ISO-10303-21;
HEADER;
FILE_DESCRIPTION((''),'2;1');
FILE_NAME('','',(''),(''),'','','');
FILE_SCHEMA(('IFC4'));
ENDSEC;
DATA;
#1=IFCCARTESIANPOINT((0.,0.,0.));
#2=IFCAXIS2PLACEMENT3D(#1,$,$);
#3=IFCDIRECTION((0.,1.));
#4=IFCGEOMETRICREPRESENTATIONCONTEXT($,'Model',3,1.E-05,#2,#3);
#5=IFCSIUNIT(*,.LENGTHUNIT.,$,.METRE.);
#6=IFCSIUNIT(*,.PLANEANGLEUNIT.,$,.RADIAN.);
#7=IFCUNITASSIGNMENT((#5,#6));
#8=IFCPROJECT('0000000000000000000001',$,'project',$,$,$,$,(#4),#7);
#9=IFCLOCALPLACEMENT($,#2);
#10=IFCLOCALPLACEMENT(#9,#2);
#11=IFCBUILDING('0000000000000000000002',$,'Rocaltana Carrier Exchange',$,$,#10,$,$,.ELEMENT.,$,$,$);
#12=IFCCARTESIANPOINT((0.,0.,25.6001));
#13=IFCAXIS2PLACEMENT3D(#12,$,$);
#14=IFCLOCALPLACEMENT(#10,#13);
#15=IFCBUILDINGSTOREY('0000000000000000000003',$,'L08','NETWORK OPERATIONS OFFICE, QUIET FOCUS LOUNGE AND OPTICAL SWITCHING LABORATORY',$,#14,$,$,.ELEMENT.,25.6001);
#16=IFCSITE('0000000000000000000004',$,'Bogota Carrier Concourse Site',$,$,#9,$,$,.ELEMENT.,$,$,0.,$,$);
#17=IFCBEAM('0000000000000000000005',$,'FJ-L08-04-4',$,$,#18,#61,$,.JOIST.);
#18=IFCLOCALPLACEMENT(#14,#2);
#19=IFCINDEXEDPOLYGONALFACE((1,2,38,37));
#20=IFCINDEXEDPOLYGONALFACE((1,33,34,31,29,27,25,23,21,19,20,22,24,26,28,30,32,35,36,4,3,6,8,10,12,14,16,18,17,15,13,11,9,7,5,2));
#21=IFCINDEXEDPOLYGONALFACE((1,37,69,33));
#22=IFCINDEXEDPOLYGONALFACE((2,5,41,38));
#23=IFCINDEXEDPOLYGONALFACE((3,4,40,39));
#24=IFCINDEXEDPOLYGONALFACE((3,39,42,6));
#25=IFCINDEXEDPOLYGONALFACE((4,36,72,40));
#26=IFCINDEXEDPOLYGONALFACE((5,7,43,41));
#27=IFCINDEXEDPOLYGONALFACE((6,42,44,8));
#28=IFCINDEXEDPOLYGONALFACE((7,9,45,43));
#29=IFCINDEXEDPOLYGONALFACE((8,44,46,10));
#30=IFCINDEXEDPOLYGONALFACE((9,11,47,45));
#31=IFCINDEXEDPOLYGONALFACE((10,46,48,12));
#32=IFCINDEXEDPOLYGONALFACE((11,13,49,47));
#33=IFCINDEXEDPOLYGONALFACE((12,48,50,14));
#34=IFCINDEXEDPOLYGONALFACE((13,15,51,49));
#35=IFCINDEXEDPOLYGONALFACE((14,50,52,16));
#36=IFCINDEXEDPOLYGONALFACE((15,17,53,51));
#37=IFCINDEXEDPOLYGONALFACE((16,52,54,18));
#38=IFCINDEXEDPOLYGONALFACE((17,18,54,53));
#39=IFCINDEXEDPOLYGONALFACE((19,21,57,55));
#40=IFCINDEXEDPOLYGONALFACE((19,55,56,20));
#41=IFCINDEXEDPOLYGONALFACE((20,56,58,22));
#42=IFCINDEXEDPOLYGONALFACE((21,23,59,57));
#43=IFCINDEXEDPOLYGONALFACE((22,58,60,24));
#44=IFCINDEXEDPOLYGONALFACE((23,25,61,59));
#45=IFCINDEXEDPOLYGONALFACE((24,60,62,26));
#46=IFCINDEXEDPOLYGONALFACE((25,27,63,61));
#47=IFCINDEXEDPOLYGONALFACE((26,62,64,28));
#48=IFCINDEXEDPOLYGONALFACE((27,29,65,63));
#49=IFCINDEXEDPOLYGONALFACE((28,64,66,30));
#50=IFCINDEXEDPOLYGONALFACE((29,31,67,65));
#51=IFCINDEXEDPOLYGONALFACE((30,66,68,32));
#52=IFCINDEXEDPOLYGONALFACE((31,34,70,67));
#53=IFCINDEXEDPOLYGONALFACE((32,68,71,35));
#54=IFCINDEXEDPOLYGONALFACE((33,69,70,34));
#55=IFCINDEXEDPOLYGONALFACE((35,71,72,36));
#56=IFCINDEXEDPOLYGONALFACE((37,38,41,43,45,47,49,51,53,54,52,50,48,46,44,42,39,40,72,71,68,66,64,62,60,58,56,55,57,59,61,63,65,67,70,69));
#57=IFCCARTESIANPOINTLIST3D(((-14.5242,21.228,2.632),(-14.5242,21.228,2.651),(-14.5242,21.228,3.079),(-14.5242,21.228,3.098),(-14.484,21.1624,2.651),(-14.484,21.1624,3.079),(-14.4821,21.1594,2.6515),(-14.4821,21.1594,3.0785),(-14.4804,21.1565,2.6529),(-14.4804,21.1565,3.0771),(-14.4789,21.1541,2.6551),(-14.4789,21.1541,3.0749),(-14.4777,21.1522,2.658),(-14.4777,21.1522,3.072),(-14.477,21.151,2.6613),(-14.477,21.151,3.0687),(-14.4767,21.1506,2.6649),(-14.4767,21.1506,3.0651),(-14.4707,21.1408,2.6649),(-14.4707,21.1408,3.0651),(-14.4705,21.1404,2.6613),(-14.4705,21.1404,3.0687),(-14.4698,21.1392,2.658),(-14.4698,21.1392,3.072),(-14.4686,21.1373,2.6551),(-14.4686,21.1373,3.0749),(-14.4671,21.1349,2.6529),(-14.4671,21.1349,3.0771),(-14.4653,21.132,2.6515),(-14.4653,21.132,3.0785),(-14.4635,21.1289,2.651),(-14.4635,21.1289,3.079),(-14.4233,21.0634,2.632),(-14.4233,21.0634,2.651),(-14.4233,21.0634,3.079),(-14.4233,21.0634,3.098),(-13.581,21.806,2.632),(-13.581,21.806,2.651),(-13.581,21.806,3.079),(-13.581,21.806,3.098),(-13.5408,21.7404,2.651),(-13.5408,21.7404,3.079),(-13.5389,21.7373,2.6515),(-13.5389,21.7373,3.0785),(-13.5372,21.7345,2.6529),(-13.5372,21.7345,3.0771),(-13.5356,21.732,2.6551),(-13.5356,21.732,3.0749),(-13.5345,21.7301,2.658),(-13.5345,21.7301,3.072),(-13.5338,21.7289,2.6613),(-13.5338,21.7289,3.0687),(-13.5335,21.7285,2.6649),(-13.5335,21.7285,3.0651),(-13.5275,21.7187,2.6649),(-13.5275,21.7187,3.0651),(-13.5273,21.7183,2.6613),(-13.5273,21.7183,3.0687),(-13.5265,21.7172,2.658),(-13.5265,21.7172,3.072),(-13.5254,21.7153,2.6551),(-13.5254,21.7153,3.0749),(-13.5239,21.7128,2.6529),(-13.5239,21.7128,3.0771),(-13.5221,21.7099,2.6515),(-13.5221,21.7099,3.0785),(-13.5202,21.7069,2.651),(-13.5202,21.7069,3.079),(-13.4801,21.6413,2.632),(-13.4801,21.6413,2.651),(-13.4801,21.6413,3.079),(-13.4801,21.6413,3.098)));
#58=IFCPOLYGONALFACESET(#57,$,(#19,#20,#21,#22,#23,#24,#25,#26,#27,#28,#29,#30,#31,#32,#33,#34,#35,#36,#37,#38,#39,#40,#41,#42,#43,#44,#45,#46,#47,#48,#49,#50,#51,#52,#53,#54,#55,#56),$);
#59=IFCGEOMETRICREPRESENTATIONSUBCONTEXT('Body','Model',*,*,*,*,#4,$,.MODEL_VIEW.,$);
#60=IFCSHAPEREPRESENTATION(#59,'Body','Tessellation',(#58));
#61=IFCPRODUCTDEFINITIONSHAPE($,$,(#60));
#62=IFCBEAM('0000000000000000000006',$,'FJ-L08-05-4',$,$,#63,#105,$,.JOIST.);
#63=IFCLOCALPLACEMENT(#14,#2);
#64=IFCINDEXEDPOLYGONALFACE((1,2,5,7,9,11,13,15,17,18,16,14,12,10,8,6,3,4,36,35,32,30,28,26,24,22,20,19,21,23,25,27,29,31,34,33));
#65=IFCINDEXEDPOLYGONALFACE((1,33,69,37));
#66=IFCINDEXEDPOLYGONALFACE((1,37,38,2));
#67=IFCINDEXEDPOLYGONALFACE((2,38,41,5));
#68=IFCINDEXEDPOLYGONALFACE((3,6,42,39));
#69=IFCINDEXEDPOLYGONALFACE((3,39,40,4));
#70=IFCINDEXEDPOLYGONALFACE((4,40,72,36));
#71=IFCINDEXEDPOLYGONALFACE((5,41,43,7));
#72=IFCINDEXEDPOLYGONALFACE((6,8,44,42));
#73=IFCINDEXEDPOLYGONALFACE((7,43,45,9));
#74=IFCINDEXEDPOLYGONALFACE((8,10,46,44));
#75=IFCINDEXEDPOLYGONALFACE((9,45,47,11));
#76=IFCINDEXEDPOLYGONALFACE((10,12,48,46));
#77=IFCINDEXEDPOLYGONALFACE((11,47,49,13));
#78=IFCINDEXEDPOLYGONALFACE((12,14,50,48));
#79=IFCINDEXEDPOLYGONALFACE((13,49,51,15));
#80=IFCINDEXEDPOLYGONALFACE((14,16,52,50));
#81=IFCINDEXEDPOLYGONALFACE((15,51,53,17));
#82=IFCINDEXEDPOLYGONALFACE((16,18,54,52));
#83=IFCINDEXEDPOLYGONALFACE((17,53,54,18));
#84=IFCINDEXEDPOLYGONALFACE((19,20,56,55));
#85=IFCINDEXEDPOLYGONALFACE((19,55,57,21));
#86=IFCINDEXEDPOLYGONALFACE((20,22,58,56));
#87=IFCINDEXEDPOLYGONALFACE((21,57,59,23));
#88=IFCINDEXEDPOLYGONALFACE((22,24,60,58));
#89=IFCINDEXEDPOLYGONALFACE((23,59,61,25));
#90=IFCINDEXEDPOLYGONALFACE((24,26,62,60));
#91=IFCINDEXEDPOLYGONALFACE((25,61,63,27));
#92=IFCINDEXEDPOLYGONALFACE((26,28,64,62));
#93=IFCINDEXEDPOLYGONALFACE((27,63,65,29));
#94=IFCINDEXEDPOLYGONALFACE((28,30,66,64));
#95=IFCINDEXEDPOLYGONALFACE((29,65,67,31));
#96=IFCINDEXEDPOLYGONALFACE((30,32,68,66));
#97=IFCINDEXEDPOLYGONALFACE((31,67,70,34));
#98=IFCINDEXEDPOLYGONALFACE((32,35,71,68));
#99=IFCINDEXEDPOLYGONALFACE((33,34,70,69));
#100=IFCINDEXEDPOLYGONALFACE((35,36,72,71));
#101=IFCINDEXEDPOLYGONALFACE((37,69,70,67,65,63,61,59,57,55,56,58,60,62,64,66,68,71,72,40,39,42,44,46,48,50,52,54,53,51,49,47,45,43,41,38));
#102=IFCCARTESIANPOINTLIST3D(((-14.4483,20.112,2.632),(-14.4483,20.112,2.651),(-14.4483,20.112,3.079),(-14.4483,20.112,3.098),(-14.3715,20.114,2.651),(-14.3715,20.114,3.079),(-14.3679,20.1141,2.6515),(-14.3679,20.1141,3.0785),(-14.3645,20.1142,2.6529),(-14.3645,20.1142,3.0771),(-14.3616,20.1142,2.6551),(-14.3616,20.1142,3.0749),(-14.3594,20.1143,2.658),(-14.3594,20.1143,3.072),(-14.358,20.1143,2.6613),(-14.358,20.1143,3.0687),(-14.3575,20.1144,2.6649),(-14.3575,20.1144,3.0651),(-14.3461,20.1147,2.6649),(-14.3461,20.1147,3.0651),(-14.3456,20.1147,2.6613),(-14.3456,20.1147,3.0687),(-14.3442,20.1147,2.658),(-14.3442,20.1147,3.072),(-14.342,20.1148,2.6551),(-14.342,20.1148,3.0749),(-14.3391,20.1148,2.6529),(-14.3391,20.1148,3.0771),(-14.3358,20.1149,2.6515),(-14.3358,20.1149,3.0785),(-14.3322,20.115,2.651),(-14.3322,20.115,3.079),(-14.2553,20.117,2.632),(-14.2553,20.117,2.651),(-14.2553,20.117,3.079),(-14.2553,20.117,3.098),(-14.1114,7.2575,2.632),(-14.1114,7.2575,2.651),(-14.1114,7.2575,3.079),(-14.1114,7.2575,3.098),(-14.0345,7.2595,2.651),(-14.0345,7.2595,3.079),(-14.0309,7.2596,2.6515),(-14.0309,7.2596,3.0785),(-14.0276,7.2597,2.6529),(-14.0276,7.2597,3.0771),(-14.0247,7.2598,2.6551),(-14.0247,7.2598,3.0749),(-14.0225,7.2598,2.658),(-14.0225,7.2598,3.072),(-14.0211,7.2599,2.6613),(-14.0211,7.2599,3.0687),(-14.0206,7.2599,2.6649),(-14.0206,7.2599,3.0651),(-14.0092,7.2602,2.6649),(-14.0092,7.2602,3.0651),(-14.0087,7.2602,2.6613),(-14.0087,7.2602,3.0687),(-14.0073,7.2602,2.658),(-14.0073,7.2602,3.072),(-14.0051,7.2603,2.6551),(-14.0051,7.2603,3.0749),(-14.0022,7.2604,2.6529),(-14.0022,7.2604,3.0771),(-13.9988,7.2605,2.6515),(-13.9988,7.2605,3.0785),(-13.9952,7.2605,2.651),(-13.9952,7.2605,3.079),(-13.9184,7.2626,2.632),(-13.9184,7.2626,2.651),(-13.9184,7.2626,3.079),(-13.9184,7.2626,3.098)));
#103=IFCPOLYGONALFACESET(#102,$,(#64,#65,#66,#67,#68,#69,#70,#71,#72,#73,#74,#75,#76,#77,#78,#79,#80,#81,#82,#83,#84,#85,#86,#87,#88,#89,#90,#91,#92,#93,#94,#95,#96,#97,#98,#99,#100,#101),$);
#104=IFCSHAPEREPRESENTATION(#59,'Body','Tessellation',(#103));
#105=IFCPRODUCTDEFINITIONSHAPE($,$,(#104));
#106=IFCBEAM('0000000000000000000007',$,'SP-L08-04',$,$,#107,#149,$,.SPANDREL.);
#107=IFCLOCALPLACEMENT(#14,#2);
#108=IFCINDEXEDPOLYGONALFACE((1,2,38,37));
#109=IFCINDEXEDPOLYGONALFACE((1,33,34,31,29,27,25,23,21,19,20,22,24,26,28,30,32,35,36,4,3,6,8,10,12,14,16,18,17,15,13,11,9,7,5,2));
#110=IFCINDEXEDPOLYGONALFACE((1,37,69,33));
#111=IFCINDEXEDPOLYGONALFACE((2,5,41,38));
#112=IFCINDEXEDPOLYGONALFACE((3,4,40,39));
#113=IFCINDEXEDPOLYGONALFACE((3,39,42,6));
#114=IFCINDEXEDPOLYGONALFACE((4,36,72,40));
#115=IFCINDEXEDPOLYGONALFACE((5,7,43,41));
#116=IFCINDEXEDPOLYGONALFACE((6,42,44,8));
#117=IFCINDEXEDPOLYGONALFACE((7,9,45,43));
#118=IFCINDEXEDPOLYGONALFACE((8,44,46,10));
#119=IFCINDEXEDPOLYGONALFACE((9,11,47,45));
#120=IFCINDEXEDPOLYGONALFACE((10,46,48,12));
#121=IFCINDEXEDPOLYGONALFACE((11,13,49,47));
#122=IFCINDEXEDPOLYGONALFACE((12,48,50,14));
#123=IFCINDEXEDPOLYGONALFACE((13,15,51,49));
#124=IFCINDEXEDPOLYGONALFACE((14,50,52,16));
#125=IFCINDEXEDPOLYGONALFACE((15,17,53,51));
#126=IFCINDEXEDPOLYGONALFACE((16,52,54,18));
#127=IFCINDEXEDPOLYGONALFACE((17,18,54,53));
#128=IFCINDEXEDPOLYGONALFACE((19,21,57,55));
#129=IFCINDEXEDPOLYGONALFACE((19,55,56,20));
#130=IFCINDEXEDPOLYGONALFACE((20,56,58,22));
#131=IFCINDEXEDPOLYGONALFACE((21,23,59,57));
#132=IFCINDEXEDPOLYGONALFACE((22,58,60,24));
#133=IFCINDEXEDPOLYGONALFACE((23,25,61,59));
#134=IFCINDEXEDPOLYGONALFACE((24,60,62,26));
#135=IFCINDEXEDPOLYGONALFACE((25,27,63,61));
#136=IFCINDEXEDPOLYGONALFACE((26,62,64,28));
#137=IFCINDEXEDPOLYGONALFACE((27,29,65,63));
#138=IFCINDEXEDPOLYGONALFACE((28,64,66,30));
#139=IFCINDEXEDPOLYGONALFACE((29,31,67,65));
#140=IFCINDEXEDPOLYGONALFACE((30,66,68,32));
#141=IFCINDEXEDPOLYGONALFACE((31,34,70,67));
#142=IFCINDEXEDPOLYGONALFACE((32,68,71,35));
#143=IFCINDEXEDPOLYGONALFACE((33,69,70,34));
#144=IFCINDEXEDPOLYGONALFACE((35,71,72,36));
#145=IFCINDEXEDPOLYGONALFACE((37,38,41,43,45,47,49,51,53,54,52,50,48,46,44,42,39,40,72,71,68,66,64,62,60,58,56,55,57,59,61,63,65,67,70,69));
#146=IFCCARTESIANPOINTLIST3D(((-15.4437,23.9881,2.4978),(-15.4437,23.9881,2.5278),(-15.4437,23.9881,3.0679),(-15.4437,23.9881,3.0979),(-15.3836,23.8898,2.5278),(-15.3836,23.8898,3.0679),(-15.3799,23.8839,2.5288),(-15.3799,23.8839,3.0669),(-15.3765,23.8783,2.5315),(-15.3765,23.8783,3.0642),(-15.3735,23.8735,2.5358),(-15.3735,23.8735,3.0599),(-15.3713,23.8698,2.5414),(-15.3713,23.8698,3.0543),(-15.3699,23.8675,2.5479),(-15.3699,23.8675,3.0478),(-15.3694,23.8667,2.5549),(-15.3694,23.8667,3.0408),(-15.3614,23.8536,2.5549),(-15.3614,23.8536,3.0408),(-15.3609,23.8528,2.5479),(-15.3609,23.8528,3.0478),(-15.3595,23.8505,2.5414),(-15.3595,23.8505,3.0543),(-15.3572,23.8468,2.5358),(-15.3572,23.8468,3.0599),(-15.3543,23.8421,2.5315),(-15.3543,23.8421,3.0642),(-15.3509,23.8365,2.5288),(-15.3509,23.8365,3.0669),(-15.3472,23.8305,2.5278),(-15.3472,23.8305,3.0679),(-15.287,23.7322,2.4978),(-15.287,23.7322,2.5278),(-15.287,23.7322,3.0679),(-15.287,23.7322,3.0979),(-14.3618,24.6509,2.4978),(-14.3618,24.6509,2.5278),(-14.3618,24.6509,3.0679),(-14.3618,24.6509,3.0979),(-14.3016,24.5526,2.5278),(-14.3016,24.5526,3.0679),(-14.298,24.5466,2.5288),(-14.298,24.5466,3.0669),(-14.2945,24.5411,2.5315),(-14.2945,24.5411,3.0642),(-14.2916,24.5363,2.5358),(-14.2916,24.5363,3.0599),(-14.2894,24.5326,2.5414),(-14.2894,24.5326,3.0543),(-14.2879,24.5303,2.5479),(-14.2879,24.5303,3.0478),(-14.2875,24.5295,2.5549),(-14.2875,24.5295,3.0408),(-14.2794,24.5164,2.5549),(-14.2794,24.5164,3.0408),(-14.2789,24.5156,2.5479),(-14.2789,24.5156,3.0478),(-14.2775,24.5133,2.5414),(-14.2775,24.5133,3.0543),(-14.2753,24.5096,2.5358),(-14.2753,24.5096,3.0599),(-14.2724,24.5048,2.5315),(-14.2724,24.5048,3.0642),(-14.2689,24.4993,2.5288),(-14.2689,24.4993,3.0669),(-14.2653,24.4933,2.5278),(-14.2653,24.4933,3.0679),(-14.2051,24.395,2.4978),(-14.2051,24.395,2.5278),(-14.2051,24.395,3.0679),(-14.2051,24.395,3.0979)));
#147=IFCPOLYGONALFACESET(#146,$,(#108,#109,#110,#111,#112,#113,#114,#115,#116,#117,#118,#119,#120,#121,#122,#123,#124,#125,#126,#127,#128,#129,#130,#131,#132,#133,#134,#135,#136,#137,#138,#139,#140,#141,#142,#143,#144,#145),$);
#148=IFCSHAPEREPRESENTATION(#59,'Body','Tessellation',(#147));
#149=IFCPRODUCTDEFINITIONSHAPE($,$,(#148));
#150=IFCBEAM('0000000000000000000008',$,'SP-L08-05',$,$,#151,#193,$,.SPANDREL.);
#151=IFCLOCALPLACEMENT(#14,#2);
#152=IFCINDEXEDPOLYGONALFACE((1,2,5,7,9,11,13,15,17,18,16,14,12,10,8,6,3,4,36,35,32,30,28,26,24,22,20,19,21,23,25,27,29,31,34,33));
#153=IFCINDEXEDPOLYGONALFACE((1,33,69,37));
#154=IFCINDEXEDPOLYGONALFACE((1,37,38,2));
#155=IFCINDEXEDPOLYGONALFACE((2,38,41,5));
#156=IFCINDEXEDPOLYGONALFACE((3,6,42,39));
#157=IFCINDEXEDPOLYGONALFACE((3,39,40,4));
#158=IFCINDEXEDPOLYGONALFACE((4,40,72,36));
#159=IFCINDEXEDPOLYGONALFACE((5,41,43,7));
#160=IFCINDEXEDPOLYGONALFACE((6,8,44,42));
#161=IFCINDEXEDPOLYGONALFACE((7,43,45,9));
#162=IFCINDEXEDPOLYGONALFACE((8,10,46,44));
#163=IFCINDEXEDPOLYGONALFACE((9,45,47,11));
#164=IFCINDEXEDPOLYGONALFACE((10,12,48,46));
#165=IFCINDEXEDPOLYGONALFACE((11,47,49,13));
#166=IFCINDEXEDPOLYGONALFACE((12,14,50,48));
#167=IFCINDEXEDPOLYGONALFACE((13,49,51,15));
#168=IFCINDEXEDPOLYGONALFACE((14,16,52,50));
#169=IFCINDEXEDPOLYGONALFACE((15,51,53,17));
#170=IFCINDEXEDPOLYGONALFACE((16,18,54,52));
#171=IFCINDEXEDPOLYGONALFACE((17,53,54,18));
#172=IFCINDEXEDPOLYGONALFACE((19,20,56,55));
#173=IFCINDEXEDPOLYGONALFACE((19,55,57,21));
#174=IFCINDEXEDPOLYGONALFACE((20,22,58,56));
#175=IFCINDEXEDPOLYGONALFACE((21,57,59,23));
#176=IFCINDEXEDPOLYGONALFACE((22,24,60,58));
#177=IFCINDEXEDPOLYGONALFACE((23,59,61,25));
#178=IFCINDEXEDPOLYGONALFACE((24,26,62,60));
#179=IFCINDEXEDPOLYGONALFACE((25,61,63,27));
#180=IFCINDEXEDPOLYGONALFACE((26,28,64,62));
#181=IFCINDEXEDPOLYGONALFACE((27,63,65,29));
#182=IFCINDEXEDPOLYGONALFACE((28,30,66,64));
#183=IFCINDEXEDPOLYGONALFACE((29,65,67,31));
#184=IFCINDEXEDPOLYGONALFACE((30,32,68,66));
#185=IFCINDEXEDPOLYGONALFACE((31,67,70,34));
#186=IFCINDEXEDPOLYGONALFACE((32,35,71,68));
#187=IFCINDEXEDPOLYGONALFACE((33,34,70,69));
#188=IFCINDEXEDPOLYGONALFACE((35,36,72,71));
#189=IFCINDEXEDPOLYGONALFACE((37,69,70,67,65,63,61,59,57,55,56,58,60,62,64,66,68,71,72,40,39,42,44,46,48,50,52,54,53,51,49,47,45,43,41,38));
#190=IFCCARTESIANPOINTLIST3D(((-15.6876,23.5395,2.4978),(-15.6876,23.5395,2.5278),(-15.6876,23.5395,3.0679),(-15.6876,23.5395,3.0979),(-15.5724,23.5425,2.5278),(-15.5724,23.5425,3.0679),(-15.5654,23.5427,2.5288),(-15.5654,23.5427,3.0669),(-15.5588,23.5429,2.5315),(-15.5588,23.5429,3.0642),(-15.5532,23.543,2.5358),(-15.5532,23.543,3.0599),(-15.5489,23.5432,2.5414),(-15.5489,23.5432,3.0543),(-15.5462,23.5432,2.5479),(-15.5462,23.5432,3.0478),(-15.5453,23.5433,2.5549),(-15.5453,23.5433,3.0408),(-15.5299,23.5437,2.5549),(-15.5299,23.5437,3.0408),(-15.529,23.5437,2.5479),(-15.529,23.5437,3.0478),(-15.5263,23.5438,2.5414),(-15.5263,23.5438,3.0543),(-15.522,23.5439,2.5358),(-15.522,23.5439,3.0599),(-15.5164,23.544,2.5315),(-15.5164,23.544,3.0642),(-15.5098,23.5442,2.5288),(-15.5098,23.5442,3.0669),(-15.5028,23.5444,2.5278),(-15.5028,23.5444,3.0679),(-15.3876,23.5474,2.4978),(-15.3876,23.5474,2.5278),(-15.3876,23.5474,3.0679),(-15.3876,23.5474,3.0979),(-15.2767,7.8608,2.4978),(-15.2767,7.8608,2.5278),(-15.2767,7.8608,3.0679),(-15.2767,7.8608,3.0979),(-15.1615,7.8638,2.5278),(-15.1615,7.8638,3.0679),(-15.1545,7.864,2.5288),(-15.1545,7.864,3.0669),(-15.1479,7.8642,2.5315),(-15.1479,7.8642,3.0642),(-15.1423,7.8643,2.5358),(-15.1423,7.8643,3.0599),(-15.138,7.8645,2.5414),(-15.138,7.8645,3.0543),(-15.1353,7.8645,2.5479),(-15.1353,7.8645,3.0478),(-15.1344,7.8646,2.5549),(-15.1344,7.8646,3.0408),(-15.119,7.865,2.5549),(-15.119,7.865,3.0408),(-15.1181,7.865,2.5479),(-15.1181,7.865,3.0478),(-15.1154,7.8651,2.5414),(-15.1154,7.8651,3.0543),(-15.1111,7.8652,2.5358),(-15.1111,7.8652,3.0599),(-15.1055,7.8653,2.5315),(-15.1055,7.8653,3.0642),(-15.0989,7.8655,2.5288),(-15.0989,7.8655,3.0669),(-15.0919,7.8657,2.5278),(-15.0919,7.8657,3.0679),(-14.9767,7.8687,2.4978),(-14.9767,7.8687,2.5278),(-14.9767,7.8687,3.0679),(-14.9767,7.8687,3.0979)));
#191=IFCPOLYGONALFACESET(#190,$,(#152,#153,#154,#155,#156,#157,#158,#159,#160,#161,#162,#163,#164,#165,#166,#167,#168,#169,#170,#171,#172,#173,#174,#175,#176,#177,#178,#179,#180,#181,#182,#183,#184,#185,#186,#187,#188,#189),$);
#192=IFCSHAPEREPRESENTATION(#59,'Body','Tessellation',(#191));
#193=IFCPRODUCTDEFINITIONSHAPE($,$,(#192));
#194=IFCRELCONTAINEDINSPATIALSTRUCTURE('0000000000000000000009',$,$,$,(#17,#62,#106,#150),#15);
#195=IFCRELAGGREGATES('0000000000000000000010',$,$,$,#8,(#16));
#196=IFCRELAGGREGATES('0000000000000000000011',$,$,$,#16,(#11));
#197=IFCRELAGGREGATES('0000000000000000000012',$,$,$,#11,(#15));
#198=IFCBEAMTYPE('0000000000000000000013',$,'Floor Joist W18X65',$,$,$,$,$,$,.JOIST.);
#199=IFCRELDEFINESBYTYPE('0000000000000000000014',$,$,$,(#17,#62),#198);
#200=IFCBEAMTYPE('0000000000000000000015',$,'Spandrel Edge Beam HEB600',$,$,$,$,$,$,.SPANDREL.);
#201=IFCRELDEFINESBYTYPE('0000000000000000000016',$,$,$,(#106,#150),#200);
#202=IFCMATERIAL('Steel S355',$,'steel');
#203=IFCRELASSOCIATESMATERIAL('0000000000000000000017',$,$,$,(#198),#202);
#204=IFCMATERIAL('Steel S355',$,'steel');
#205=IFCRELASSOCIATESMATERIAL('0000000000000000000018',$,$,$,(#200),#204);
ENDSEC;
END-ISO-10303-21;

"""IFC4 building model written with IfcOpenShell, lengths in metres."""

from ifc_helpers import new_model, si_unit, direction, frame, origin, origin_2d, place, context, subcontext, project, spatial, i_section, extrude, material, material_profile, profile_set, type_object, element, save


model = new_model("IFC4")

# Units and contexts
model_context = context("Model", 3, precision=1e-05, world=origin(), true_north=direction((0.0, 1.0)))
body_context = subcontext(model_context, "Body", "Model", "MODEL_VIEW")
ifc_project = project(units=[si_unit("LENGTHUNIT", "METRE"), si_unit("PLANEANGLEUNIT", "RADIAN")], contexts=[model_context])

# Site, building, storey
site_placement = place(None, origin())
site = spatial("IfcSite", under=ifc_project, at=site_placement, Name="Bogota Carrier Concourse Site", CompositionType="ELEMENT", RefElevation=0.0)
building_placement = place(site_placement, origin())
building = spatial("IfcBuilding", under=site, at=building_placement, Name="Rocaltana Carrier Exchange", CompositionType="ELEMENT")
storey_placement = place(building_placement, frame((0.0, 0.0, 25.6001)))
storey = spatial("IfcBuildingStorey", under=building, at=storey_placement, Name="L08", Description="NETWORK OPERATIONS OFFICE, QUIET FOCUS LOUNGE AND OPTICAL SWITCHING LABORATORY", CompositionType="ELEMENT", Elevation=25.6001)

# Beams
ifc_material_1 = material(Name="Steel S355", Category="steel")
ifc_material_profile_1 = material_profile(ifc_material_1, i_section(OverallWidth=0.1931, OverallDepth=0.4661, WebThickness=0.0115, FlangeThickness=0.019, FilletRadius=0.0139, at=origin_2d()), Name="W18X65")
ifc_profile_set_1 = profile_set([ifc_material_profile_1], Name="Steel S355")
beam_type_1 = type_object("IfcBeamType", Name="Floor Joist W18X65", PredefinedType="JOIST", material=ifc_profile_set_1)
beam_1_placement = place(storey_placement, frame((-13.5305, 21.7236, 2.865), z_axis=(-0.852665, -0.522459, 0.0), x_axis=(0.522459, -0.852665, 0.0)))
element("IfcBeam", 1, at=beam_1_placement, inside=storey, type_object=beam_type_1, Name="FJ-L08-04-4", PredefinedType="JOIST", context=body_context, shape_type="SweptSolid", body=[
    extrude(i_section(OverallWidth=0.1931, OverallDepth=0.4661, WebThickness=0.0115, FlangeThickness=0.019, FilletRadius=0.0139, at=origin_2d()), origin(), (0.0, 0.0, 1.0), 1.1062),
])
beam_2_placement = place(storey_placement, frame((-14.3518, 20.1145, 2.865), z_axis=(0.026201, -0.999657, 0.0), x_axis=(0.999657, 0.026201, 0.0)))
element("IfcBeam", 2, at=beam_2_placement, inside=storey, type_object=beam_type_1, Name="FJ-L08-05-4", PredefinedType="JOIST", context=body_context, shape_type="SweptSolid", body=[
    extrude(i_section(OverallWidth=0.1931, OverallDepth=0.4661, WebThickness=0.0115, FlangeThickness=0.019, FilletRadius=0.0139, at=origin_2d()), origin(), (0.0, 0.0, 1.0), 12.8589),
])
ifc_material_2 = material(Name="Steel S355", Category="steel")
ifc_material_profile_2 = material_profile(ifc_material_2, i_section(OverallWidth=0.3, OverallDepth=0.6001, WebThickness=0.0154, FlangeThickness=0.03, FilletRadius=0.0271, at=origin_2d()), Name="HEB600")
ifc_profile_set_2 = profile_set([ifc_material_profile_2], Name="Steel S355")
beam_type_2 = type_object("IfcBeamType", Name="Spandrel Edge Beam HEB600", PredefinedType="SPANDREL", material=ifc_profile_set_2)
beam_3_placement = place(storey_placement, frame((-14.2834, 24.5229, 2.7979), z_axis=(-0.85272, -0.522368, 0.0), x_axis=(0.522368, -0.85272, 0.0)))
element("IfcBeam", 3, at=beam_3_placement, inside=storey, type_object=beam_type_2, Name="SP-L08-04", PredefinedType="SPANDREL", context=body_context, shape_type="SweptSolid", body=[
    extrude(i_section(OverallWidth=0.3, OverallDepth=0.6001, WebThickness=0.0154, FlangeThickness=0.03, FilletRadius=0.0271, at=origin_2d()), origin(), (0.0, 0.0, 1.0), 1.2688),
])
beam_4_placement = place(storey_placement, frame((-15.5376, 23.5435, 2.7979), z_axis=(0.026198, -0.999657, 0.0), x_axis=(0.999657, 0.026198, 0.0)))
element("IfcBeam", 4, at=beam_4_placement, inside=storey, type_object=beam_type_2, Name="SP-L08-05", PredefinedType="SPANDREL", context=body_context, shape_type="SweptSolid", body=[
    extrude(i_section(OverallWidth=0.3, OverallDepth=0.6001, WebThickness=0.0154, FlangeThickness=0.03, FilletRadius=0.0271, at=origin_2d()), origin(), (0.0, 0.0, 1.0), 15.6841),
])

save(model, "model.ifc")
